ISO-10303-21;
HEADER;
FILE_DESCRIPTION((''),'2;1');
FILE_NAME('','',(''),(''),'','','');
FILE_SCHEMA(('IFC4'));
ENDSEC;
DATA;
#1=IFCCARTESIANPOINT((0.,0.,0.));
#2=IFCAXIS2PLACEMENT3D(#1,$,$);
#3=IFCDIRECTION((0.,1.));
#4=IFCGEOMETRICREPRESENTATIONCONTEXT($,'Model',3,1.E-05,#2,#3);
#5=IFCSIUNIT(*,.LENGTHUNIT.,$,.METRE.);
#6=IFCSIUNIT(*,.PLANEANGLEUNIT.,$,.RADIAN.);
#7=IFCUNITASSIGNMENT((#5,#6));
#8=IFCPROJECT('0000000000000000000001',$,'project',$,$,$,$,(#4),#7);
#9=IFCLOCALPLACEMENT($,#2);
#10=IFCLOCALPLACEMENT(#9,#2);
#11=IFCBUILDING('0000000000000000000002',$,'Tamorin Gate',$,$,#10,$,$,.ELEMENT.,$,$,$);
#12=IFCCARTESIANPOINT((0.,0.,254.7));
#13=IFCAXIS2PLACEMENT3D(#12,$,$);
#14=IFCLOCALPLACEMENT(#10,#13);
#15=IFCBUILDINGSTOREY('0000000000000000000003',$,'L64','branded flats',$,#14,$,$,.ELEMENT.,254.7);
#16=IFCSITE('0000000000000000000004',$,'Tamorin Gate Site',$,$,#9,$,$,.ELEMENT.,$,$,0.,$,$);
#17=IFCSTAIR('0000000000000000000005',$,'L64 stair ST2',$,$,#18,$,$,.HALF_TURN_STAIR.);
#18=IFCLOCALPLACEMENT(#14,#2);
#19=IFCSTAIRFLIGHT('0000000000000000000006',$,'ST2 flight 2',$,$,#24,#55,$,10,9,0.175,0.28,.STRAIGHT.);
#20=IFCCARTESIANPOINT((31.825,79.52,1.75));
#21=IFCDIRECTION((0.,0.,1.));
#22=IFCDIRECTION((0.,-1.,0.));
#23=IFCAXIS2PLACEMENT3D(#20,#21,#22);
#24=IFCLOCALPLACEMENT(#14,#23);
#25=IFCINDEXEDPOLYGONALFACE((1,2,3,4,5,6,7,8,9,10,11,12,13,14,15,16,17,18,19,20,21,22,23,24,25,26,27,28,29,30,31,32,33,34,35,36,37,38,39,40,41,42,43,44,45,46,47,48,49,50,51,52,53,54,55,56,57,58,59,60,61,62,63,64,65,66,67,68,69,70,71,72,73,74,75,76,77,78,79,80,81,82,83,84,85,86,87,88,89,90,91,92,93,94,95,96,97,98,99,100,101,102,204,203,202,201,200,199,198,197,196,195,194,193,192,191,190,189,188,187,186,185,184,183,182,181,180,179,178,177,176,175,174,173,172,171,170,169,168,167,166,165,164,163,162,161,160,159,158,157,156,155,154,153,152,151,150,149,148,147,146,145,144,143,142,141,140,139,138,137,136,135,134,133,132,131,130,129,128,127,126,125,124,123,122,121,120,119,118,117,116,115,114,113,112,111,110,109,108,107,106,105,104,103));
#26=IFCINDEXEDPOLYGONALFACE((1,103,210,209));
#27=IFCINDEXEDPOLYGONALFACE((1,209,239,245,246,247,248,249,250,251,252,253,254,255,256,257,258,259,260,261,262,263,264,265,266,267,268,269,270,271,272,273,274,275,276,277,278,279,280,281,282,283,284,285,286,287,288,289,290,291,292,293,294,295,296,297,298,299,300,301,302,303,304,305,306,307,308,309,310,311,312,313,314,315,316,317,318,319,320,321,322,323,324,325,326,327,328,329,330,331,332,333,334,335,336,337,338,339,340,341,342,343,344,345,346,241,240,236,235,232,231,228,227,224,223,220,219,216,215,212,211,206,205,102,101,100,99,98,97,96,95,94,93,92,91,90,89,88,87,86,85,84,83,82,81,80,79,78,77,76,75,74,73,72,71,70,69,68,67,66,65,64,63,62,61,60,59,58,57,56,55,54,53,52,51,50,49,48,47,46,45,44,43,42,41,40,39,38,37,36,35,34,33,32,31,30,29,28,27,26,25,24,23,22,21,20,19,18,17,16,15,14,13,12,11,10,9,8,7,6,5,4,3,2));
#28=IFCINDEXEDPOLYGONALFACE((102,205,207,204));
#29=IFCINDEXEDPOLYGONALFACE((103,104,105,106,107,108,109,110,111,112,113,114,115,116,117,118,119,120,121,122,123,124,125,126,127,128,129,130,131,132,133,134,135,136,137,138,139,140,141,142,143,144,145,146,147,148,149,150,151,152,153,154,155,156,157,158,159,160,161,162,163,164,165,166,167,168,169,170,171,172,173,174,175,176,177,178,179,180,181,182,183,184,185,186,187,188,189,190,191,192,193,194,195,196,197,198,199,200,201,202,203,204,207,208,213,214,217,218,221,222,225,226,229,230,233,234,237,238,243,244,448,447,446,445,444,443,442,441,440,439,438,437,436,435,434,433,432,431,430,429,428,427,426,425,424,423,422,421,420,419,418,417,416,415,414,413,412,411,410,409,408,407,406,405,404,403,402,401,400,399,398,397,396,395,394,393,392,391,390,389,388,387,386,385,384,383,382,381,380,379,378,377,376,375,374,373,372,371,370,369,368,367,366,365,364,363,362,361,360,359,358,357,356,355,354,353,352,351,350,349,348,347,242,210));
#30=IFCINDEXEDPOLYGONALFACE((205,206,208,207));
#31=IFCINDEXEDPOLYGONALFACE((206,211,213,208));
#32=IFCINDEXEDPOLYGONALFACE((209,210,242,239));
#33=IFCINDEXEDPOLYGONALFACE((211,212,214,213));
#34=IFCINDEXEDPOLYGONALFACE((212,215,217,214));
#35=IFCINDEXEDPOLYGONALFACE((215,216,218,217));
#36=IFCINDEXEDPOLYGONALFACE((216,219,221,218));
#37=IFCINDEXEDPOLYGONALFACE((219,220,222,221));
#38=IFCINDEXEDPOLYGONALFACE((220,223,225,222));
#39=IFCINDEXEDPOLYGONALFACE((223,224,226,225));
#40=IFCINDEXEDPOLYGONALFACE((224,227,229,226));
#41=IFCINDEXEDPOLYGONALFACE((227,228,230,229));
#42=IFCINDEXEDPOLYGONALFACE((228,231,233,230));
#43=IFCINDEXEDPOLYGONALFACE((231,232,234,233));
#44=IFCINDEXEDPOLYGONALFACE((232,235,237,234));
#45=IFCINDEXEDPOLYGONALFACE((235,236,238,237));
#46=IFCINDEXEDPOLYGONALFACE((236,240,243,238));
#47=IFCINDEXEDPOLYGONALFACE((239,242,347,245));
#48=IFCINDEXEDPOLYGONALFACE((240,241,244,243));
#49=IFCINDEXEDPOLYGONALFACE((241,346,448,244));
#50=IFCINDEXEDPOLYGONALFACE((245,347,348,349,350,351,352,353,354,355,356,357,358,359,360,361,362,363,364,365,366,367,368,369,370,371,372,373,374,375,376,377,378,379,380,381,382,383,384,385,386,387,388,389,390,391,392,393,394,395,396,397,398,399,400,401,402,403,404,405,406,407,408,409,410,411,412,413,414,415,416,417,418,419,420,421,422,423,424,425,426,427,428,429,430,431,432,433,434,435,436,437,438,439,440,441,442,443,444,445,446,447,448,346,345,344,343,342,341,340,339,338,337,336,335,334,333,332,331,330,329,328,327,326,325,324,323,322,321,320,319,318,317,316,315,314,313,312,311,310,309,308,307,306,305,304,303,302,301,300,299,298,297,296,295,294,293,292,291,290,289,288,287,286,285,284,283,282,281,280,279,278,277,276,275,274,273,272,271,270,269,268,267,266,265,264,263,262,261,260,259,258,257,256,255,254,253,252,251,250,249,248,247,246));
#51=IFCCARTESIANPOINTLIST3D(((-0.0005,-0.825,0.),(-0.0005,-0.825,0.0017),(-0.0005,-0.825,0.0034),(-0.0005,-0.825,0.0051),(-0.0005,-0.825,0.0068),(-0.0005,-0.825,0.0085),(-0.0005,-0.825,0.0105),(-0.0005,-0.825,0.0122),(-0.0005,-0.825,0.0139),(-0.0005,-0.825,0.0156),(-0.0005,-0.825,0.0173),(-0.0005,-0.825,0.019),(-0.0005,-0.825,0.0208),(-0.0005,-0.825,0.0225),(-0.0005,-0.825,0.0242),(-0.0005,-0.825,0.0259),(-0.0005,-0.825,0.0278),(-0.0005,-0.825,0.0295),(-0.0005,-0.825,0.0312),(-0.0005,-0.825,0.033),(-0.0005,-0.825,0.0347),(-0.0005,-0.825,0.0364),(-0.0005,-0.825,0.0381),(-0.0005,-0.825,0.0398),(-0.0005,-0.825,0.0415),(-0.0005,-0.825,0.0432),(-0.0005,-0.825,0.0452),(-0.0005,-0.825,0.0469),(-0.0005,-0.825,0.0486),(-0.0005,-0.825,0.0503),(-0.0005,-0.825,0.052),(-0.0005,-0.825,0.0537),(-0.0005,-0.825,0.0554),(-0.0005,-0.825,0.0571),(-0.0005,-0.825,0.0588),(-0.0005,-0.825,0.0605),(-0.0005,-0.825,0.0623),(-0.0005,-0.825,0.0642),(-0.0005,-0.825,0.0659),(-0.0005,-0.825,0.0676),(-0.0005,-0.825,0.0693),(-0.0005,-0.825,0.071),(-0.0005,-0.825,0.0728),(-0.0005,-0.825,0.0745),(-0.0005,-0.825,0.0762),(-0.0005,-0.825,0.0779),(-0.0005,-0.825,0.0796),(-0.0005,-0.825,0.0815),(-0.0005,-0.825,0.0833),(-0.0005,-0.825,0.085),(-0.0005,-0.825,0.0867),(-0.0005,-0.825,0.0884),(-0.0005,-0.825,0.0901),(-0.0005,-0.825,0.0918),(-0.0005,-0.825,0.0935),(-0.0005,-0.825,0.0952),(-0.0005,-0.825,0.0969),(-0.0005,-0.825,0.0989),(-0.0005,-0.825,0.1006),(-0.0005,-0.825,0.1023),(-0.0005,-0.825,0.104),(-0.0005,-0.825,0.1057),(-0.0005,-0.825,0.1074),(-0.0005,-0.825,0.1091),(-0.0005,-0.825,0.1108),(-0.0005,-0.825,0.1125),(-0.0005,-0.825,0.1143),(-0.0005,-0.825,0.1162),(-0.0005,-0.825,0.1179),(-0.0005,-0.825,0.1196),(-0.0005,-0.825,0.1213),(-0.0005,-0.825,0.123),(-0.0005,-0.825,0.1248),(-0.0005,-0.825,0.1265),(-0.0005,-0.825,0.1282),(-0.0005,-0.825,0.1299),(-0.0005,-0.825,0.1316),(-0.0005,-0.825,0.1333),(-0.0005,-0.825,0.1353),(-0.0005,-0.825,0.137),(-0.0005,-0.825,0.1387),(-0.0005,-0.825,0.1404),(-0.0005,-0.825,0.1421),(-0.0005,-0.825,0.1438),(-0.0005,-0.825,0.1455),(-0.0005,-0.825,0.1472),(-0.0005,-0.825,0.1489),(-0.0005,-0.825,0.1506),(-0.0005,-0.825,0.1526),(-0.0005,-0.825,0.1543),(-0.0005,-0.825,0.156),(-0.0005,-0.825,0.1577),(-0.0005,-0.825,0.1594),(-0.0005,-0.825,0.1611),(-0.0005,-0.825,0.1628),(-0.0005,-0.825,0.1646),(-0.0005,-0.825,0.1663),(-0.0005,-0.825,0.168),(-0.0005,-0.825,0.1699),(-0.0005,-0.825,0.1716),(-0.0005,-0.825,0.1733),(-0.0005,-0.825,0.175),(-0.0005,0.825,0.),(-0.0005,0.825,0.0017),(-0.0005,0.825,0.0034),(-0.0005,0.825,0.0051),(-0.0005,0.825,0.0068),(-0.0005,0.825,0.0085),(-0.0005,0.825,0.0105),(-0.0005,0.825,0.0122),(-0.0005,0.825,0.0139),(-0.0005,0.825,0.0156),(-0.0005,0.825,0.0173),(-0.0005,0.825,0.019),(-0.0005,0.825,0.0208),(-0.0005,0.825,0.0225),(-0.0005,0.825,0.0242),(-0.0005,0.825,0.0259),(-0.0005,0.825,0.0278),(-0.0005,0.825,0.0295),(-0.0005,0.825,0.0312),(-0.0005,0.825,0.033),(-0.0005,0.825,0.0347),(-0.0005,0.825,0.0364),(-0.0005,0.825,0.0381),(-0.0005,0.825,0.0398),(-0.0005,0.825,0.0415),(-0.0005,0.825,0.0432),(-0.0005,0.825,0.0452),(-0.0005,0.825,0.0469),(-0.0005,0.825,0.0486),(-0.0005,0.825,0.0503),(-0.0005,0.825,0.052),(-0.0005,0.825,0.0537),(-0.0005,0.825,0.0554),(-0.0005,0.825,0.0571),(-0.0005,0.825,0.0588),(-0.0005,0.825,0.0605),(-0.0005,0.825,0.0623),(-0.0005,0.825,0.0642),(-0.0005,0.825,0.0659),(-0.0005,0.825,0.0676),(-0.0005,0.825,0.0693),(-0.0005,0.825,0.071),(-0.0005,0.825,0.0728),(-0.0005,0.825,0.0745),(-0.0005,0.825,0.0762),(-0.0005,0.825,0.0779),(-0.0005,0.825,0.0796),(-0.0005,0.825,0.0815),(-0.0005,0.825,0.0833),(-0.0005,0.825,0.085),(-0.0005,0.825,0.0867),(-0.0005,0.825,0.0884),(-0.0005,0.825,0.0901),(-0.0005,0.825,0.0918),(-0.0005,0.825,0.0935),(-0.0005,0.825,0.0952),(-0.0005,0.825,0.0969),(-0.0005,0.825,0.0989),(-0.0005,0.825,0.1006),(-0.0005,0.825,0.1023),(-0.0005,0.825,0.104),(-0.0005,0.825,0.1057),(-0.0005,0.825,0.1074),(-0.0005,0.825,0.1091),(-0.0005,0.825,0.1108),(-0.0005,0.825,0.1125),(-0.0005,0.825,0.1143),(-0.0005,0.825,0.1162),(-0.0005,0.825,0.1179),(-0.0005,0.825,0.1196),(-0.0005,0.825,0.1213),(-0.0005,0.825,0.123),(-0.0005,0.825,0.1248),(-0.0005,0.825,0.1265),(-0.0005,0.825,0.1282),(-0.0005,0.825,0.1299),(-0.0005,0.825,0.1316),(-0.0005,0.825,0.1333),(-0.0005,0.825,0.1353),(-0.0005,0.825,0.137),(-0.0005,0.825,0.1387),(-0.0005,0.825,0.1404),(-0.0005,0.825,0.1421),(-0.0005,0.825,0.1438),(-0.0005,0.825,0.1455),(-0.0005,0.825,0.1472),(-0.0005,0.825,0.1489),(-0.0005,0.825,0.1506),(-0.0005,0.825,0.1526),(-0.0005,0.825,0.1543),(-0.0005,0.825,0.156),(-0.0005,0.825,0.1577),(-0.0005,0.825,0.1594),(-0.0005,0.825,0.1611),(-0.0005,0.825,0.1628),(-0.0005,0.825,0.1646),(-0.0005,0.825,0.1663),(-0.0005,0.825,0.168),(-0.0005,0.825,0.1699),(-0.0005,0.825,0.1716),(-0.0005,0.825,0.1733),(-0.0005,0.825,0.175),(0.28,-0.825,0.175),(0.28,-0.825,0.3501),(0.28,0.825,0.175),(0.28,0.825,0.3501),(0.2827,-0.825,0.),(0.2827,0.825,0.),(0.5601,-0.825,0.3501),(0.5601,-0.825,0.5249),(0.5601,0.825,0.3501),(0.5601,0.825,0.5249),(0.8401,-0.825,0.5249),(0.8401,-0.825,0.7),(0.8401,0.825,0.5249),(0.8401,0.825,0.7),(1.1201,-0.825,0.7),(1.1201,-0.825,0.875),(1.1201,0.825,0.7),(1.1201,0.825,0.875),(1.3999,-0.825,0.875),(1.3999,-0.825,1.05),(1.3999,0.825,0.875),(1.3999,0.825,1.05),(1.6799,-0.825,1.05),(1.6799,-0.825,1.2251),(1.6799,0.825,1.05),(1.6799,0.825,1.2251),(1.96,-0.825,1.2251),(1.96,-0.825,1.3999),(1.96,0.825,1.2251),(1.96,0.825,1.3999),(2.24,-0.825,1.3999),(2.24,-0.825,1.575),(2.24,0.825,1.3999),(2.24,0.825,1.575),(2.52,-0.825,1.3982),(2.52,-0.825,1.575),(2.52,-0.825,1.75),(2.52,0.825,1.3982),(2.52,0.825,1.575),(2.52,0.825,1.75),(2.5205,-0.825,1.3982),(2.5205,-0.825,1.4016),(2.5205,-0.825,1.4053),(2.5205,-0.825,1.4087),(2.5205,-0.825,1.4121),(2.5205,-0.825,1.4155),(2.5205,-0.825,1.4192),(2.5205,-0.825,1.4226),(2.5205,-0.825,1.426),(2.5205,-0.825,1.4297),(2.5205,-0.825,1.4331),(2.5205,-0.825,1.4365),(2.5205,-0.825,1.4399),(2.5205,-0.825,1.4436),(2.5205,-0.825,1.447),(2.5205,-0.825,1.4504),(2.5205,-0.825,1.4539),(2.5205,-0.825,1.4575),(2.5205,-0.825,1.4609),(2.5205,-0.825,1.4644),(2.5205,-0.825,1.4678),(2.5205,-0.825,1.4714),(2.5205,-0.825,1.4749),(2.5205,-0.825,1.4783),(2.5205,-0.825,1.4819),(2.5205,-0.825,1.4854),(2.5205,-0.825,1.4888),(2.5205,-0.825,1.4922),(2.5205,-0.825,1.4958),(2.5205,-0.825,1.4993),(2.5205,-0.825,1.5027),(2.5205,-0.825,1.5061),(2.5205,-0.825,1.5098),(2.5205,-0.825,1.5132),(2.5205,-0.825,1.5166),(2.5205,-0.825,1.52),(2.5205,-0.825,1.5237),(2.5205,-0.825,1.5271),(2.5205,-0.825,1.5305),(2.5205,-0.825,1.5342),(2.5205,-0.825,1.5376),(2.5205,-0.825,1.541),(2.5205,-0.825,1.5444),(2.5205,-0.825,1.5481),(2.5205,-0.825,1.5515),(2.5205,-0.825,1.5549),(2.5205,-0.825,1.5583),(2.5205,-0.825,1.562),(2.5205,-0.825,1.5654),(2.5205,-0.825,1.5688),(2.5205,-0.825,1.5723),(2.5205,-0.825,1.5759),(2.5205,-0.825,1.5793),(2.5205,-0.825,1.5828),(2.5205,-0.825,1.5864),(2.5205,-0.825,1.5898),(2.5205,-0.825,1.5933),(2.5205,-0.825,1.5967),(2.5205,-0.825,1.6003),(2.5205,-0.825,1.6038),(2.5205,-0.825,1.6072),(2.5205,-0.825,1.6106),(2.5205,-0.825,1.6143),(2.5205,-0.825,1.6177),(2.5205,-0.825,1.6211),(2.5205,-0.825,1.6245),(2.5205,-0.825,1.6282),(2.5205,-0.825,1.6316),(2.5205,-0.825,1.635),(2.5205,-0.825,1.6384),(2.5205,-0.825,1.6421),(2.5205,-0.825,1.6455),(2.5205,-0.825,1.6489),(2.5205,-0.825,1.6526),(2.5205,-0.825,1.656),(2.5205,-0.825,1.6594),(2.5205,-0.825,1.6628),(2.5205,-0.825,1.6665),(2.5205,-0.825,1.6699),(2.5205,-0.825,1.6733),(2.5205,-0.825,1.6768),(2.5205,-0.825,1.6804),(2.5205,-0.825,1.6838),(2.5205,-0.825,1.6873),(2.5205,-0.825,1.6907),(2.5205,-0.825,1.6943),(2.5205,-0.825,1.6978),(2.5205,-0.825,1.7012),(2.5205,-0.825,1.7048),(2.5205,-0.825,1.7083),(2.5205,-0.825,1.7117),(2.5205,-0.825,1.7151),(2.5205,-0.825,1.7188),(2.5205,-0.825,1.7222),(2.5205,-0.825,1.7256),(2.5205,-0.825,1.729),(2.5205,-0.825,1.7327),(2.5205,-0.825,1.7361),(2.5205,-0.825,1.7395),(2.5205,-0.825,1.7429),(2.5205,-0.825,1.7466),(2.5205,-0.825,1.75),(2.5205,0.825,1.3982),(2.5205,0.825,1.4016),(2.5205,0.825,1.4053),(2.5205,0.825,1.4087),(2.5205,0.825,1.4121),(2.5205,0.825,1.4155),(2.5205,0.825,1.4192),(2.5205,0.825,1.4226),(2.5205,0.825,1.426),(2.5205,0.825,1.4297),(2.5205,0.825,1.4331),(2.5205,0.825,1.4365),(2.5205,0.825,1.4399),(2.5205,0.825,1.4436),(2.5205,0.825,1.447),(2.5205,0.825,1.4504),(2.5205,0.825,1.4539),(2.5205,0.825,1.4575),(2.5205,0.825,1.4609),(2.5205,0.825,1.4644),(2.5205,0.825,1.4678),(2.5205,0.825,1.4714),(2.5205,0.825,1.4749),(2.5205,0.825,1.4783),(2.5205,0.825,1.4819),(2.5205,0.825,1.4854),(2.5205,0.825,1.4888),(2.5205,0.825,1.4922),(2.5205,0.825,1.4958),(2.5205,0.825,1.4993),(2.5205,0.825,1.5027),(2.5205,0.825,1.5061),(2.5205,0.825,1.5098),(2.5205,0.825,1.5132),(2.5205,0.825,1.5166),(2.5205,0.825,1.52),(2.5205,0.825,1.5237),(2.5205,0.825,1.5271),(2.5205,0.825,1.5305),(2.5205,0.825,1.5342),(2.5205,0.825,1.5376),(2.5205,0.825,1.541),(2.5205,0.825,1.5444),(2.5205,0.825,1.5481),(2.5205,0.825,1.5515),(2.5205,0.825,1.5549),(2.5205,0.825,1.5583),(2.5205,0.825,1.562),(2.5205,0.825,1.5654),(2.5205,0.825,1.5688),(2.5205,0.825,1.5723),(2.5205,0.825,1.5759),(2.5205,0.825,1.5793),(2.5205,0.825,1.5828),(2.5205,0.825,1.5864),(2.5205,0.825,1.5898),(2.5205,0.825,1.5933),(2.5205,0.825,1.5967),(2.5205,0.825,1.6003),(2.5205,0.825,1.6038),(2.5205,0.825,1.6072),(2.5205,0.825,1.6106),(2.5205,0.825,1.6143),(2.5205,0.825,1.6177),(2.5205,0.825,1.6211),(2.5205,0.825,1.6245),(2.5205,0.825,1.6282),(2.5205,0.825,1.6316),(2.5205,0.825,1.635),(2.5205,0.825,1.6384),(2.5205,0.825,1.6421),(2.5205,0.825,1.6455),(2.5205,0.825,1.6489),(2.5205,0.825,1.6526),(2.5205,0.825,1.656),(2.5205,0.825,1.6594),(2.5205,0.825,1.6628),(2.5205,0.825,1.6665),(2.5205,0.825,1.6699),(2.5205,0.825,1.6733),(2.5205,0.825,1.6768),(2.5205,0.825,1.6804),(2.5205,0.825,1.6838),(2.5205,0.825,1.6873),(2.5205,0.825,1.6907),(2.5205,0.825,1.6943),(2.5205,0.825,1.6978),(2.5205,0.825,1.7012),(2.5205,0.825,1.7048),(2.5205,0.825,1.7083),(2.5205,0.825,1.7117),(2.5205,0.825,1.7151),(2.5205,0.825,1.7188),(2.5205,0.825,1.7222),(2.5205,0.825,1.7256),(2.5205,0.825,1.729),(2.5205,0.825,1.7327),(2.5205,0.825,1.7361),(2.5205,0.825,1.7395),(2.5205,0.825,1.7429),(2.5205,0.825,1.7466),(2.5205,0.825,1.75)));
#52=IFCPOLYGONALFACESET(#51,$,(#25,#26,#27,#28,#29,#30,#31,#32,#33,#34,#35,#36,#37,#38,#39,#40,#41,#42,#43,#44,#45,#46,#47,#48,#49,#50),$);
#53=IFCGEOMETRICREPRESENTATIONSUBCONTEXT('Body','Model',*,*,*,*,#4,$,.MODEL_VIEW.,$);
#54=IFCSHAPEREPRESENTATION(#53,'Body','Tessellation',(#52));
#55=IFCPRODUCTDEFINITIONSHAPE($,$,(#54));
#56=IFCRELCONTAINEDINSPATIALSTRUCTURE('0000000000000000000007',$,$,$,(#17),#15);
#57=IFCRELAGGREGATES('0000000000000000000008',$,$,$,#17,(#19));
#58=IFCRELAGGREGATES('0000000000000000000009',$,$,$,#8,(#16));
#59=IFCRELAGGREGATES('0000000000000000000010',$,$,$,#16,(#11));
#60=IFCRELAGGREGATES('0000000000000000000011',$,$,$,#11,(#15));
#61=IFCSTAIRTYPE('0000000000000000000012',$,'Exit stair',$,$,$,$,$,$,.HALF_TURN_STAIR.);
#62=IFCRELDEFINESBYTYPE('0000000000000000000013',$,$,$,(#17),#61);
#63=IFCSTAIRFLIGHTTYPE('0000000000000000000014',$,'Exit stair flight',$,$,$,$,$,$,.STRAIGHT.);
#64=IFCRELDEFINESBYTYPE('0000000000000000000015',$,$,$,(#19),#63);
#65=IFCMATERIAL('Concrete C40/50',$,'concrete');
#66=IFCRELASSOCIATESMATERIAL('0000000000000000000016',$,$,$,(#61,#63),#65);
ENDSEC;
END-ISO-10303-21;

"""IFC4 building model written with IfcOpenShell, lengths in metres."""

from ifc_helpers import new_model, si_unit, direction, frame, origin, place, context, subcontext, project, spatial, polyline, outline, extrude, material, type_object, element, aggregate, save


model = new_model("IFC4")

# Units and contexts
model_context = context("Model", 3, precision=1e-05, world=origin(), true_north=direction((0.0, 1.0)))
body_context = subcontext(model_context, "Body", "Model", "MODEL_VIEW")
ifc_project = project(units=[si_unit("LENGTHUNIT", "METRE"), si_unit("PLANEANGLEUNIT", "RADIAN")], contexts=[model_context])

# Site, building, storey
site_placement = place(None, origin())
site = spatial("IfcSite", under=ifc_project, at=site_placement, Name="Tamorin Gate Site", CompositionType="ELEMENT", RefElevation=0.0)
building_placement = place(site_placement, origin())
building = spatial("IfcBuilding", under=site, at=building_placement, Name="Tamorin Gate", CompositionType="ELEMENT")
storey_placement = place(building_placement, frame((0.0, 0.0, 254.7)))
storey = spatial("IfcBuildingStorey", under=building, at=storey_placement, Name="L64", Description="branded flats", CompositionType="ELEMENT", Elevation=254.7)

# Shared definitions
ifc_material_1 = material(Name="Concrete C40/50", Category="concrete")

# Stair, stair flight
stair_type = type_object("IfcStairType", Name="Exit stair", PredefinedType="HALF_TURN_STAIR", material=ifc_material_1)
stair_flight_type = type_object("IfcStairFlightType", Name="Exit stair flight", PredefinedType="STRAIGHT", material=ifc_material_1)
stair_1_placement = place(storey_placement, origin())
stair_1 = element("IfcStair", 1, at=stair_1_placement, inside=storey, type_object=stair_type, Name="L64 stair ST2", PredefinedType="HALF_TURN_STAIR")
stair_flight_1_placement = place(storey_placement, frame((31.825, 79.52, 1.75), z_axis=(0.0, 0.0, 1.0), x_axis=(0.0, -1.0, 0.0)))
stair_flight_1 = element("IfcStairFlight", 2, at=stair_flight_1_placement, type_object=stair_flight_type, Name="ST2 flight 2", NumberOfRisers=10, NumberOfTreads=9, PredefinedType="STRAIGHT", RiserHeight=0.175, TreadLength=0.28, context=body_context, shape_type="SweptSolid", body=[
    extrude(outline(polyline([(-0.0005, 0.0), (-0.0005, 0.0017), (-0.0005, 0.0034), (-0.0005, 0.0051), (-0.0005, 0.0068), (-0.0005, 0.0085), (-0.0005, 0.0105), (-0.0005, 0.0122), (-0.0005, 0.0139), (-0.0005, 0.0156), (-0.0005, 0.0173), (-0.0005, 0.019), (-0.0005, 0.0208), (-0.0005, 0.0225), (-0.0005, 0.0242), (-0.0005, 0.0259), (-0.0005, 0.0278), (-0.0005, 0.0295), (-0.0005, 0.0312), (-0.0005, 0.033), (-0.0005, 0.0347), (-0.0005, 0.0364), (-0.0005, 0.0381), (-0.0005, 0.0398), (-0.0005, 0.0415), (-0.0005, 0.0432), (-0.0005, 0.0452), (-0.0005, 0.0469), (-0.0005, 0.0486), (-0.0005, 0.0503), (-0.0005, 0.052), (-0.0005, 0.0537), (-0.0005, 0.0554), (-0.0005, 0.0571), (-0.0005, 0.0588), (-0.0005, 0.0605), (-0.0005, 0.0623), (-0.0005, 0.0642), (-0.0005, 0.0659), (-0.0005, 0.0676), (-0.0005, 0.0693), (-0.0005, 0.071), (-0.0005, 0.0728), (-0.0005, 0.0745), (-0.0005, 0.0762), (-0.0005, 0.0779), (-0.0005, 0.0796), (-0.0005, 0.0815), (-0.0005, 0.0833), (-0.0005, 0.085), (-0.0005, 0.0867), (-0.0005, 0.0884), (-0.0005, 0.0901), (-0.0005, 0.0918), (-0.0005, 0.0935), (-0.0005, 0.0952), (-0.0005, 0.0969), (-0.0005, 0.0989), (-0.0005, 0.1006), (-0.0005, 0.1023), (-0.0005, 0.104), (-0.0005, 0.1057), (-0.0005, 0.1074), (-0.0005, 0.1091), (-0.0005, 0.1108), (-0.0005, 0.1125), (-0.0005, 0.1143), (-0.0005, 0.1162), (-0.0005, 0.1179), (-0.0005, 0.1196), (-0.0005, 0.1213), (-0.0005, 0.123), (-0.0005, 0.1248), (-0.0005, 0.1265), (-0.0005, 0.1282), (-0.0005, 0.1299), (-0.0005, 0.1316), (-0.0005, 0.1333), (-0.0005, 0.1353), (-0.0005, 0.137), (-0.0005, 0.1387), (-0.0005, 0.1404), (-0.0005, 0.1421), (-0.0005, 0.1438), (-0.0005, 0.1455), (-0.0005, 0.1472), (-0.0005, 0.1489), (-0.0005, 0.1506), (-0.0005, 0.1526), (-0.0005, 0.1543), (-0.0005, 0.156), (-0.0005, 0.1577), (-0.0005, 0.1594), (-0.0005, 0.1611), (-0.0005, 0.1628), (-0.0005, 0.1646), (-0.0005, 0.1663), (-0.0005, 0.168), (-0.0005, 0.1699), (-0.0005, 0.1716), (-0.0005, 0.1733), (-0.0005, 0.175), (0.28, 0.175), (0.28, 0.3501), (0.5601, 0.3501), (0.5601, 0.5249), (0.8401, 0.5249), (0.8401, 0.7), (1.1201, 0.7), (1.1201, 0.875), (1.3999, 0.875), (1.3999, 1.05), (1.6799, 1.05), (1.6799, 1.2251), (1.96, 1.2251), (1.96, 1.3999), (2.24, 1.3999), (2.24, 1.575), (2.52, 1.575), (2.52, 1.75), (2.5205, 1.75), (2.5205, 1.7466), (2.5205, 1.7429), (2.5205, 1.7395), (2.5205, 1.7361), (2.5205, 1.7327), (2.5205, 1.729), (2.5205, 1.7256), (2.5205, 1.7222), (2.5205, 1.7188), (2.5205, 1.7151), (2.5205, 1.7117), (2.5205, 1.7083), (2.5205, 1.7048), (2.5205, 1.7012), (2.5205, 1.6978), (2.5205, 1.6943), (2.5205, 1.6907), (2.5205, 1.6873), (2.5205, 1.6838), (2.5205, 1.6804), (2.5205, 1.6768), (2.5205, 1.6733), (2.5205, 1.6699), (2.5205, 1.6665), (2.5205, 1.6628), (2.5205, 1.6594), (2.5205, 1.656), (2.5205, 1.6526), (2.5205, 1.6489), (2.5205, 1.6455), (2.5205, 1.6421), (2.5205, 1.6384), (2.5205, 1.635), (2.5205, 1.6316), (2.5205, 1.6282), (2.5205, 1.6245), (2.5205, 1.6211), (2.5205, 1.6177), (2.5205, 1.6143), (2.5205, 1.6106), (2.5205, 1.6072), (2.5205, 1.6038), (2.5205, 1.6003), (2.5205, 1.5967), (2.5205, 1.5933), (2.5205, 1.5898), (2.5205, 1.5864), (2.5205, 1.5828), (2.5205, 1.5793), (2.5205, 1.5759), (2.5205, 1.5723), (2.5205, 1.5688), (2.5205, 1.5654), (2.5205, 1.562), (2.5205, 1.5583), (2.5205, 1.5549), (2.5205, 1.5515), (2.5205, 1.5481), (2.5205, 1.5444), (2.5205, 1.541), (2.5205, 1.5376), (2.5205, 1.5342), (2.5205, 1.5305), (2.5205, 1.5271), (2.5205, 1.5237), (2.5205, 1.52), (2.5205, 1.5166), (2.5205, 1.5132), (2.5205, 1.5098), (2.5205, 1.5061), (2.5205, 1.5027), (2.5205, 1.4993), (2.5205, 1.4958), (2.5205, 1.4922), (2.5205, 1.4888), (2.5205, 1.4854), (2.5205, 1.4819), (2.5205, 1.4783), (2.5205, 1.4749), (2.5205, 1.4714), (2.5205, 1.4678), (2.5205, 1.4644), (2.5205, 1.4609), (2.5205, 1.4575), (2.5205, 1.4539), (2.5205, 1.4504), (2.5205, 1.447), (2.5205, 1.4436), (2.5205, 1.4399), (2.5205, 1.4365), (2.5205, 1.4331), (2.5205, 1.4297), (2.5205, 1.426), (2.5205, 1.4226), (2.5205, 1.4192), (2.5205, 1.4155), (2.5205, 1.4121), (2.5205, 1.4087), (2.5205, 1.4053), (2.5205, 1.4016), (2.5205, 1.3982), (2.52, 1.3982), (0.2827, 0.0), (-0.0005, 0.0)])), frame((0.0, 0.825, 0.0), z_axis=(0.0, -1.0, 0.0), x_axis=(1.0, 0.0, 0.0)), (0.0, 0.0, 1.0), 1.6499),
])
aggregate(stair_1, [stair_flight_1])

save(model, "model.ifc")
